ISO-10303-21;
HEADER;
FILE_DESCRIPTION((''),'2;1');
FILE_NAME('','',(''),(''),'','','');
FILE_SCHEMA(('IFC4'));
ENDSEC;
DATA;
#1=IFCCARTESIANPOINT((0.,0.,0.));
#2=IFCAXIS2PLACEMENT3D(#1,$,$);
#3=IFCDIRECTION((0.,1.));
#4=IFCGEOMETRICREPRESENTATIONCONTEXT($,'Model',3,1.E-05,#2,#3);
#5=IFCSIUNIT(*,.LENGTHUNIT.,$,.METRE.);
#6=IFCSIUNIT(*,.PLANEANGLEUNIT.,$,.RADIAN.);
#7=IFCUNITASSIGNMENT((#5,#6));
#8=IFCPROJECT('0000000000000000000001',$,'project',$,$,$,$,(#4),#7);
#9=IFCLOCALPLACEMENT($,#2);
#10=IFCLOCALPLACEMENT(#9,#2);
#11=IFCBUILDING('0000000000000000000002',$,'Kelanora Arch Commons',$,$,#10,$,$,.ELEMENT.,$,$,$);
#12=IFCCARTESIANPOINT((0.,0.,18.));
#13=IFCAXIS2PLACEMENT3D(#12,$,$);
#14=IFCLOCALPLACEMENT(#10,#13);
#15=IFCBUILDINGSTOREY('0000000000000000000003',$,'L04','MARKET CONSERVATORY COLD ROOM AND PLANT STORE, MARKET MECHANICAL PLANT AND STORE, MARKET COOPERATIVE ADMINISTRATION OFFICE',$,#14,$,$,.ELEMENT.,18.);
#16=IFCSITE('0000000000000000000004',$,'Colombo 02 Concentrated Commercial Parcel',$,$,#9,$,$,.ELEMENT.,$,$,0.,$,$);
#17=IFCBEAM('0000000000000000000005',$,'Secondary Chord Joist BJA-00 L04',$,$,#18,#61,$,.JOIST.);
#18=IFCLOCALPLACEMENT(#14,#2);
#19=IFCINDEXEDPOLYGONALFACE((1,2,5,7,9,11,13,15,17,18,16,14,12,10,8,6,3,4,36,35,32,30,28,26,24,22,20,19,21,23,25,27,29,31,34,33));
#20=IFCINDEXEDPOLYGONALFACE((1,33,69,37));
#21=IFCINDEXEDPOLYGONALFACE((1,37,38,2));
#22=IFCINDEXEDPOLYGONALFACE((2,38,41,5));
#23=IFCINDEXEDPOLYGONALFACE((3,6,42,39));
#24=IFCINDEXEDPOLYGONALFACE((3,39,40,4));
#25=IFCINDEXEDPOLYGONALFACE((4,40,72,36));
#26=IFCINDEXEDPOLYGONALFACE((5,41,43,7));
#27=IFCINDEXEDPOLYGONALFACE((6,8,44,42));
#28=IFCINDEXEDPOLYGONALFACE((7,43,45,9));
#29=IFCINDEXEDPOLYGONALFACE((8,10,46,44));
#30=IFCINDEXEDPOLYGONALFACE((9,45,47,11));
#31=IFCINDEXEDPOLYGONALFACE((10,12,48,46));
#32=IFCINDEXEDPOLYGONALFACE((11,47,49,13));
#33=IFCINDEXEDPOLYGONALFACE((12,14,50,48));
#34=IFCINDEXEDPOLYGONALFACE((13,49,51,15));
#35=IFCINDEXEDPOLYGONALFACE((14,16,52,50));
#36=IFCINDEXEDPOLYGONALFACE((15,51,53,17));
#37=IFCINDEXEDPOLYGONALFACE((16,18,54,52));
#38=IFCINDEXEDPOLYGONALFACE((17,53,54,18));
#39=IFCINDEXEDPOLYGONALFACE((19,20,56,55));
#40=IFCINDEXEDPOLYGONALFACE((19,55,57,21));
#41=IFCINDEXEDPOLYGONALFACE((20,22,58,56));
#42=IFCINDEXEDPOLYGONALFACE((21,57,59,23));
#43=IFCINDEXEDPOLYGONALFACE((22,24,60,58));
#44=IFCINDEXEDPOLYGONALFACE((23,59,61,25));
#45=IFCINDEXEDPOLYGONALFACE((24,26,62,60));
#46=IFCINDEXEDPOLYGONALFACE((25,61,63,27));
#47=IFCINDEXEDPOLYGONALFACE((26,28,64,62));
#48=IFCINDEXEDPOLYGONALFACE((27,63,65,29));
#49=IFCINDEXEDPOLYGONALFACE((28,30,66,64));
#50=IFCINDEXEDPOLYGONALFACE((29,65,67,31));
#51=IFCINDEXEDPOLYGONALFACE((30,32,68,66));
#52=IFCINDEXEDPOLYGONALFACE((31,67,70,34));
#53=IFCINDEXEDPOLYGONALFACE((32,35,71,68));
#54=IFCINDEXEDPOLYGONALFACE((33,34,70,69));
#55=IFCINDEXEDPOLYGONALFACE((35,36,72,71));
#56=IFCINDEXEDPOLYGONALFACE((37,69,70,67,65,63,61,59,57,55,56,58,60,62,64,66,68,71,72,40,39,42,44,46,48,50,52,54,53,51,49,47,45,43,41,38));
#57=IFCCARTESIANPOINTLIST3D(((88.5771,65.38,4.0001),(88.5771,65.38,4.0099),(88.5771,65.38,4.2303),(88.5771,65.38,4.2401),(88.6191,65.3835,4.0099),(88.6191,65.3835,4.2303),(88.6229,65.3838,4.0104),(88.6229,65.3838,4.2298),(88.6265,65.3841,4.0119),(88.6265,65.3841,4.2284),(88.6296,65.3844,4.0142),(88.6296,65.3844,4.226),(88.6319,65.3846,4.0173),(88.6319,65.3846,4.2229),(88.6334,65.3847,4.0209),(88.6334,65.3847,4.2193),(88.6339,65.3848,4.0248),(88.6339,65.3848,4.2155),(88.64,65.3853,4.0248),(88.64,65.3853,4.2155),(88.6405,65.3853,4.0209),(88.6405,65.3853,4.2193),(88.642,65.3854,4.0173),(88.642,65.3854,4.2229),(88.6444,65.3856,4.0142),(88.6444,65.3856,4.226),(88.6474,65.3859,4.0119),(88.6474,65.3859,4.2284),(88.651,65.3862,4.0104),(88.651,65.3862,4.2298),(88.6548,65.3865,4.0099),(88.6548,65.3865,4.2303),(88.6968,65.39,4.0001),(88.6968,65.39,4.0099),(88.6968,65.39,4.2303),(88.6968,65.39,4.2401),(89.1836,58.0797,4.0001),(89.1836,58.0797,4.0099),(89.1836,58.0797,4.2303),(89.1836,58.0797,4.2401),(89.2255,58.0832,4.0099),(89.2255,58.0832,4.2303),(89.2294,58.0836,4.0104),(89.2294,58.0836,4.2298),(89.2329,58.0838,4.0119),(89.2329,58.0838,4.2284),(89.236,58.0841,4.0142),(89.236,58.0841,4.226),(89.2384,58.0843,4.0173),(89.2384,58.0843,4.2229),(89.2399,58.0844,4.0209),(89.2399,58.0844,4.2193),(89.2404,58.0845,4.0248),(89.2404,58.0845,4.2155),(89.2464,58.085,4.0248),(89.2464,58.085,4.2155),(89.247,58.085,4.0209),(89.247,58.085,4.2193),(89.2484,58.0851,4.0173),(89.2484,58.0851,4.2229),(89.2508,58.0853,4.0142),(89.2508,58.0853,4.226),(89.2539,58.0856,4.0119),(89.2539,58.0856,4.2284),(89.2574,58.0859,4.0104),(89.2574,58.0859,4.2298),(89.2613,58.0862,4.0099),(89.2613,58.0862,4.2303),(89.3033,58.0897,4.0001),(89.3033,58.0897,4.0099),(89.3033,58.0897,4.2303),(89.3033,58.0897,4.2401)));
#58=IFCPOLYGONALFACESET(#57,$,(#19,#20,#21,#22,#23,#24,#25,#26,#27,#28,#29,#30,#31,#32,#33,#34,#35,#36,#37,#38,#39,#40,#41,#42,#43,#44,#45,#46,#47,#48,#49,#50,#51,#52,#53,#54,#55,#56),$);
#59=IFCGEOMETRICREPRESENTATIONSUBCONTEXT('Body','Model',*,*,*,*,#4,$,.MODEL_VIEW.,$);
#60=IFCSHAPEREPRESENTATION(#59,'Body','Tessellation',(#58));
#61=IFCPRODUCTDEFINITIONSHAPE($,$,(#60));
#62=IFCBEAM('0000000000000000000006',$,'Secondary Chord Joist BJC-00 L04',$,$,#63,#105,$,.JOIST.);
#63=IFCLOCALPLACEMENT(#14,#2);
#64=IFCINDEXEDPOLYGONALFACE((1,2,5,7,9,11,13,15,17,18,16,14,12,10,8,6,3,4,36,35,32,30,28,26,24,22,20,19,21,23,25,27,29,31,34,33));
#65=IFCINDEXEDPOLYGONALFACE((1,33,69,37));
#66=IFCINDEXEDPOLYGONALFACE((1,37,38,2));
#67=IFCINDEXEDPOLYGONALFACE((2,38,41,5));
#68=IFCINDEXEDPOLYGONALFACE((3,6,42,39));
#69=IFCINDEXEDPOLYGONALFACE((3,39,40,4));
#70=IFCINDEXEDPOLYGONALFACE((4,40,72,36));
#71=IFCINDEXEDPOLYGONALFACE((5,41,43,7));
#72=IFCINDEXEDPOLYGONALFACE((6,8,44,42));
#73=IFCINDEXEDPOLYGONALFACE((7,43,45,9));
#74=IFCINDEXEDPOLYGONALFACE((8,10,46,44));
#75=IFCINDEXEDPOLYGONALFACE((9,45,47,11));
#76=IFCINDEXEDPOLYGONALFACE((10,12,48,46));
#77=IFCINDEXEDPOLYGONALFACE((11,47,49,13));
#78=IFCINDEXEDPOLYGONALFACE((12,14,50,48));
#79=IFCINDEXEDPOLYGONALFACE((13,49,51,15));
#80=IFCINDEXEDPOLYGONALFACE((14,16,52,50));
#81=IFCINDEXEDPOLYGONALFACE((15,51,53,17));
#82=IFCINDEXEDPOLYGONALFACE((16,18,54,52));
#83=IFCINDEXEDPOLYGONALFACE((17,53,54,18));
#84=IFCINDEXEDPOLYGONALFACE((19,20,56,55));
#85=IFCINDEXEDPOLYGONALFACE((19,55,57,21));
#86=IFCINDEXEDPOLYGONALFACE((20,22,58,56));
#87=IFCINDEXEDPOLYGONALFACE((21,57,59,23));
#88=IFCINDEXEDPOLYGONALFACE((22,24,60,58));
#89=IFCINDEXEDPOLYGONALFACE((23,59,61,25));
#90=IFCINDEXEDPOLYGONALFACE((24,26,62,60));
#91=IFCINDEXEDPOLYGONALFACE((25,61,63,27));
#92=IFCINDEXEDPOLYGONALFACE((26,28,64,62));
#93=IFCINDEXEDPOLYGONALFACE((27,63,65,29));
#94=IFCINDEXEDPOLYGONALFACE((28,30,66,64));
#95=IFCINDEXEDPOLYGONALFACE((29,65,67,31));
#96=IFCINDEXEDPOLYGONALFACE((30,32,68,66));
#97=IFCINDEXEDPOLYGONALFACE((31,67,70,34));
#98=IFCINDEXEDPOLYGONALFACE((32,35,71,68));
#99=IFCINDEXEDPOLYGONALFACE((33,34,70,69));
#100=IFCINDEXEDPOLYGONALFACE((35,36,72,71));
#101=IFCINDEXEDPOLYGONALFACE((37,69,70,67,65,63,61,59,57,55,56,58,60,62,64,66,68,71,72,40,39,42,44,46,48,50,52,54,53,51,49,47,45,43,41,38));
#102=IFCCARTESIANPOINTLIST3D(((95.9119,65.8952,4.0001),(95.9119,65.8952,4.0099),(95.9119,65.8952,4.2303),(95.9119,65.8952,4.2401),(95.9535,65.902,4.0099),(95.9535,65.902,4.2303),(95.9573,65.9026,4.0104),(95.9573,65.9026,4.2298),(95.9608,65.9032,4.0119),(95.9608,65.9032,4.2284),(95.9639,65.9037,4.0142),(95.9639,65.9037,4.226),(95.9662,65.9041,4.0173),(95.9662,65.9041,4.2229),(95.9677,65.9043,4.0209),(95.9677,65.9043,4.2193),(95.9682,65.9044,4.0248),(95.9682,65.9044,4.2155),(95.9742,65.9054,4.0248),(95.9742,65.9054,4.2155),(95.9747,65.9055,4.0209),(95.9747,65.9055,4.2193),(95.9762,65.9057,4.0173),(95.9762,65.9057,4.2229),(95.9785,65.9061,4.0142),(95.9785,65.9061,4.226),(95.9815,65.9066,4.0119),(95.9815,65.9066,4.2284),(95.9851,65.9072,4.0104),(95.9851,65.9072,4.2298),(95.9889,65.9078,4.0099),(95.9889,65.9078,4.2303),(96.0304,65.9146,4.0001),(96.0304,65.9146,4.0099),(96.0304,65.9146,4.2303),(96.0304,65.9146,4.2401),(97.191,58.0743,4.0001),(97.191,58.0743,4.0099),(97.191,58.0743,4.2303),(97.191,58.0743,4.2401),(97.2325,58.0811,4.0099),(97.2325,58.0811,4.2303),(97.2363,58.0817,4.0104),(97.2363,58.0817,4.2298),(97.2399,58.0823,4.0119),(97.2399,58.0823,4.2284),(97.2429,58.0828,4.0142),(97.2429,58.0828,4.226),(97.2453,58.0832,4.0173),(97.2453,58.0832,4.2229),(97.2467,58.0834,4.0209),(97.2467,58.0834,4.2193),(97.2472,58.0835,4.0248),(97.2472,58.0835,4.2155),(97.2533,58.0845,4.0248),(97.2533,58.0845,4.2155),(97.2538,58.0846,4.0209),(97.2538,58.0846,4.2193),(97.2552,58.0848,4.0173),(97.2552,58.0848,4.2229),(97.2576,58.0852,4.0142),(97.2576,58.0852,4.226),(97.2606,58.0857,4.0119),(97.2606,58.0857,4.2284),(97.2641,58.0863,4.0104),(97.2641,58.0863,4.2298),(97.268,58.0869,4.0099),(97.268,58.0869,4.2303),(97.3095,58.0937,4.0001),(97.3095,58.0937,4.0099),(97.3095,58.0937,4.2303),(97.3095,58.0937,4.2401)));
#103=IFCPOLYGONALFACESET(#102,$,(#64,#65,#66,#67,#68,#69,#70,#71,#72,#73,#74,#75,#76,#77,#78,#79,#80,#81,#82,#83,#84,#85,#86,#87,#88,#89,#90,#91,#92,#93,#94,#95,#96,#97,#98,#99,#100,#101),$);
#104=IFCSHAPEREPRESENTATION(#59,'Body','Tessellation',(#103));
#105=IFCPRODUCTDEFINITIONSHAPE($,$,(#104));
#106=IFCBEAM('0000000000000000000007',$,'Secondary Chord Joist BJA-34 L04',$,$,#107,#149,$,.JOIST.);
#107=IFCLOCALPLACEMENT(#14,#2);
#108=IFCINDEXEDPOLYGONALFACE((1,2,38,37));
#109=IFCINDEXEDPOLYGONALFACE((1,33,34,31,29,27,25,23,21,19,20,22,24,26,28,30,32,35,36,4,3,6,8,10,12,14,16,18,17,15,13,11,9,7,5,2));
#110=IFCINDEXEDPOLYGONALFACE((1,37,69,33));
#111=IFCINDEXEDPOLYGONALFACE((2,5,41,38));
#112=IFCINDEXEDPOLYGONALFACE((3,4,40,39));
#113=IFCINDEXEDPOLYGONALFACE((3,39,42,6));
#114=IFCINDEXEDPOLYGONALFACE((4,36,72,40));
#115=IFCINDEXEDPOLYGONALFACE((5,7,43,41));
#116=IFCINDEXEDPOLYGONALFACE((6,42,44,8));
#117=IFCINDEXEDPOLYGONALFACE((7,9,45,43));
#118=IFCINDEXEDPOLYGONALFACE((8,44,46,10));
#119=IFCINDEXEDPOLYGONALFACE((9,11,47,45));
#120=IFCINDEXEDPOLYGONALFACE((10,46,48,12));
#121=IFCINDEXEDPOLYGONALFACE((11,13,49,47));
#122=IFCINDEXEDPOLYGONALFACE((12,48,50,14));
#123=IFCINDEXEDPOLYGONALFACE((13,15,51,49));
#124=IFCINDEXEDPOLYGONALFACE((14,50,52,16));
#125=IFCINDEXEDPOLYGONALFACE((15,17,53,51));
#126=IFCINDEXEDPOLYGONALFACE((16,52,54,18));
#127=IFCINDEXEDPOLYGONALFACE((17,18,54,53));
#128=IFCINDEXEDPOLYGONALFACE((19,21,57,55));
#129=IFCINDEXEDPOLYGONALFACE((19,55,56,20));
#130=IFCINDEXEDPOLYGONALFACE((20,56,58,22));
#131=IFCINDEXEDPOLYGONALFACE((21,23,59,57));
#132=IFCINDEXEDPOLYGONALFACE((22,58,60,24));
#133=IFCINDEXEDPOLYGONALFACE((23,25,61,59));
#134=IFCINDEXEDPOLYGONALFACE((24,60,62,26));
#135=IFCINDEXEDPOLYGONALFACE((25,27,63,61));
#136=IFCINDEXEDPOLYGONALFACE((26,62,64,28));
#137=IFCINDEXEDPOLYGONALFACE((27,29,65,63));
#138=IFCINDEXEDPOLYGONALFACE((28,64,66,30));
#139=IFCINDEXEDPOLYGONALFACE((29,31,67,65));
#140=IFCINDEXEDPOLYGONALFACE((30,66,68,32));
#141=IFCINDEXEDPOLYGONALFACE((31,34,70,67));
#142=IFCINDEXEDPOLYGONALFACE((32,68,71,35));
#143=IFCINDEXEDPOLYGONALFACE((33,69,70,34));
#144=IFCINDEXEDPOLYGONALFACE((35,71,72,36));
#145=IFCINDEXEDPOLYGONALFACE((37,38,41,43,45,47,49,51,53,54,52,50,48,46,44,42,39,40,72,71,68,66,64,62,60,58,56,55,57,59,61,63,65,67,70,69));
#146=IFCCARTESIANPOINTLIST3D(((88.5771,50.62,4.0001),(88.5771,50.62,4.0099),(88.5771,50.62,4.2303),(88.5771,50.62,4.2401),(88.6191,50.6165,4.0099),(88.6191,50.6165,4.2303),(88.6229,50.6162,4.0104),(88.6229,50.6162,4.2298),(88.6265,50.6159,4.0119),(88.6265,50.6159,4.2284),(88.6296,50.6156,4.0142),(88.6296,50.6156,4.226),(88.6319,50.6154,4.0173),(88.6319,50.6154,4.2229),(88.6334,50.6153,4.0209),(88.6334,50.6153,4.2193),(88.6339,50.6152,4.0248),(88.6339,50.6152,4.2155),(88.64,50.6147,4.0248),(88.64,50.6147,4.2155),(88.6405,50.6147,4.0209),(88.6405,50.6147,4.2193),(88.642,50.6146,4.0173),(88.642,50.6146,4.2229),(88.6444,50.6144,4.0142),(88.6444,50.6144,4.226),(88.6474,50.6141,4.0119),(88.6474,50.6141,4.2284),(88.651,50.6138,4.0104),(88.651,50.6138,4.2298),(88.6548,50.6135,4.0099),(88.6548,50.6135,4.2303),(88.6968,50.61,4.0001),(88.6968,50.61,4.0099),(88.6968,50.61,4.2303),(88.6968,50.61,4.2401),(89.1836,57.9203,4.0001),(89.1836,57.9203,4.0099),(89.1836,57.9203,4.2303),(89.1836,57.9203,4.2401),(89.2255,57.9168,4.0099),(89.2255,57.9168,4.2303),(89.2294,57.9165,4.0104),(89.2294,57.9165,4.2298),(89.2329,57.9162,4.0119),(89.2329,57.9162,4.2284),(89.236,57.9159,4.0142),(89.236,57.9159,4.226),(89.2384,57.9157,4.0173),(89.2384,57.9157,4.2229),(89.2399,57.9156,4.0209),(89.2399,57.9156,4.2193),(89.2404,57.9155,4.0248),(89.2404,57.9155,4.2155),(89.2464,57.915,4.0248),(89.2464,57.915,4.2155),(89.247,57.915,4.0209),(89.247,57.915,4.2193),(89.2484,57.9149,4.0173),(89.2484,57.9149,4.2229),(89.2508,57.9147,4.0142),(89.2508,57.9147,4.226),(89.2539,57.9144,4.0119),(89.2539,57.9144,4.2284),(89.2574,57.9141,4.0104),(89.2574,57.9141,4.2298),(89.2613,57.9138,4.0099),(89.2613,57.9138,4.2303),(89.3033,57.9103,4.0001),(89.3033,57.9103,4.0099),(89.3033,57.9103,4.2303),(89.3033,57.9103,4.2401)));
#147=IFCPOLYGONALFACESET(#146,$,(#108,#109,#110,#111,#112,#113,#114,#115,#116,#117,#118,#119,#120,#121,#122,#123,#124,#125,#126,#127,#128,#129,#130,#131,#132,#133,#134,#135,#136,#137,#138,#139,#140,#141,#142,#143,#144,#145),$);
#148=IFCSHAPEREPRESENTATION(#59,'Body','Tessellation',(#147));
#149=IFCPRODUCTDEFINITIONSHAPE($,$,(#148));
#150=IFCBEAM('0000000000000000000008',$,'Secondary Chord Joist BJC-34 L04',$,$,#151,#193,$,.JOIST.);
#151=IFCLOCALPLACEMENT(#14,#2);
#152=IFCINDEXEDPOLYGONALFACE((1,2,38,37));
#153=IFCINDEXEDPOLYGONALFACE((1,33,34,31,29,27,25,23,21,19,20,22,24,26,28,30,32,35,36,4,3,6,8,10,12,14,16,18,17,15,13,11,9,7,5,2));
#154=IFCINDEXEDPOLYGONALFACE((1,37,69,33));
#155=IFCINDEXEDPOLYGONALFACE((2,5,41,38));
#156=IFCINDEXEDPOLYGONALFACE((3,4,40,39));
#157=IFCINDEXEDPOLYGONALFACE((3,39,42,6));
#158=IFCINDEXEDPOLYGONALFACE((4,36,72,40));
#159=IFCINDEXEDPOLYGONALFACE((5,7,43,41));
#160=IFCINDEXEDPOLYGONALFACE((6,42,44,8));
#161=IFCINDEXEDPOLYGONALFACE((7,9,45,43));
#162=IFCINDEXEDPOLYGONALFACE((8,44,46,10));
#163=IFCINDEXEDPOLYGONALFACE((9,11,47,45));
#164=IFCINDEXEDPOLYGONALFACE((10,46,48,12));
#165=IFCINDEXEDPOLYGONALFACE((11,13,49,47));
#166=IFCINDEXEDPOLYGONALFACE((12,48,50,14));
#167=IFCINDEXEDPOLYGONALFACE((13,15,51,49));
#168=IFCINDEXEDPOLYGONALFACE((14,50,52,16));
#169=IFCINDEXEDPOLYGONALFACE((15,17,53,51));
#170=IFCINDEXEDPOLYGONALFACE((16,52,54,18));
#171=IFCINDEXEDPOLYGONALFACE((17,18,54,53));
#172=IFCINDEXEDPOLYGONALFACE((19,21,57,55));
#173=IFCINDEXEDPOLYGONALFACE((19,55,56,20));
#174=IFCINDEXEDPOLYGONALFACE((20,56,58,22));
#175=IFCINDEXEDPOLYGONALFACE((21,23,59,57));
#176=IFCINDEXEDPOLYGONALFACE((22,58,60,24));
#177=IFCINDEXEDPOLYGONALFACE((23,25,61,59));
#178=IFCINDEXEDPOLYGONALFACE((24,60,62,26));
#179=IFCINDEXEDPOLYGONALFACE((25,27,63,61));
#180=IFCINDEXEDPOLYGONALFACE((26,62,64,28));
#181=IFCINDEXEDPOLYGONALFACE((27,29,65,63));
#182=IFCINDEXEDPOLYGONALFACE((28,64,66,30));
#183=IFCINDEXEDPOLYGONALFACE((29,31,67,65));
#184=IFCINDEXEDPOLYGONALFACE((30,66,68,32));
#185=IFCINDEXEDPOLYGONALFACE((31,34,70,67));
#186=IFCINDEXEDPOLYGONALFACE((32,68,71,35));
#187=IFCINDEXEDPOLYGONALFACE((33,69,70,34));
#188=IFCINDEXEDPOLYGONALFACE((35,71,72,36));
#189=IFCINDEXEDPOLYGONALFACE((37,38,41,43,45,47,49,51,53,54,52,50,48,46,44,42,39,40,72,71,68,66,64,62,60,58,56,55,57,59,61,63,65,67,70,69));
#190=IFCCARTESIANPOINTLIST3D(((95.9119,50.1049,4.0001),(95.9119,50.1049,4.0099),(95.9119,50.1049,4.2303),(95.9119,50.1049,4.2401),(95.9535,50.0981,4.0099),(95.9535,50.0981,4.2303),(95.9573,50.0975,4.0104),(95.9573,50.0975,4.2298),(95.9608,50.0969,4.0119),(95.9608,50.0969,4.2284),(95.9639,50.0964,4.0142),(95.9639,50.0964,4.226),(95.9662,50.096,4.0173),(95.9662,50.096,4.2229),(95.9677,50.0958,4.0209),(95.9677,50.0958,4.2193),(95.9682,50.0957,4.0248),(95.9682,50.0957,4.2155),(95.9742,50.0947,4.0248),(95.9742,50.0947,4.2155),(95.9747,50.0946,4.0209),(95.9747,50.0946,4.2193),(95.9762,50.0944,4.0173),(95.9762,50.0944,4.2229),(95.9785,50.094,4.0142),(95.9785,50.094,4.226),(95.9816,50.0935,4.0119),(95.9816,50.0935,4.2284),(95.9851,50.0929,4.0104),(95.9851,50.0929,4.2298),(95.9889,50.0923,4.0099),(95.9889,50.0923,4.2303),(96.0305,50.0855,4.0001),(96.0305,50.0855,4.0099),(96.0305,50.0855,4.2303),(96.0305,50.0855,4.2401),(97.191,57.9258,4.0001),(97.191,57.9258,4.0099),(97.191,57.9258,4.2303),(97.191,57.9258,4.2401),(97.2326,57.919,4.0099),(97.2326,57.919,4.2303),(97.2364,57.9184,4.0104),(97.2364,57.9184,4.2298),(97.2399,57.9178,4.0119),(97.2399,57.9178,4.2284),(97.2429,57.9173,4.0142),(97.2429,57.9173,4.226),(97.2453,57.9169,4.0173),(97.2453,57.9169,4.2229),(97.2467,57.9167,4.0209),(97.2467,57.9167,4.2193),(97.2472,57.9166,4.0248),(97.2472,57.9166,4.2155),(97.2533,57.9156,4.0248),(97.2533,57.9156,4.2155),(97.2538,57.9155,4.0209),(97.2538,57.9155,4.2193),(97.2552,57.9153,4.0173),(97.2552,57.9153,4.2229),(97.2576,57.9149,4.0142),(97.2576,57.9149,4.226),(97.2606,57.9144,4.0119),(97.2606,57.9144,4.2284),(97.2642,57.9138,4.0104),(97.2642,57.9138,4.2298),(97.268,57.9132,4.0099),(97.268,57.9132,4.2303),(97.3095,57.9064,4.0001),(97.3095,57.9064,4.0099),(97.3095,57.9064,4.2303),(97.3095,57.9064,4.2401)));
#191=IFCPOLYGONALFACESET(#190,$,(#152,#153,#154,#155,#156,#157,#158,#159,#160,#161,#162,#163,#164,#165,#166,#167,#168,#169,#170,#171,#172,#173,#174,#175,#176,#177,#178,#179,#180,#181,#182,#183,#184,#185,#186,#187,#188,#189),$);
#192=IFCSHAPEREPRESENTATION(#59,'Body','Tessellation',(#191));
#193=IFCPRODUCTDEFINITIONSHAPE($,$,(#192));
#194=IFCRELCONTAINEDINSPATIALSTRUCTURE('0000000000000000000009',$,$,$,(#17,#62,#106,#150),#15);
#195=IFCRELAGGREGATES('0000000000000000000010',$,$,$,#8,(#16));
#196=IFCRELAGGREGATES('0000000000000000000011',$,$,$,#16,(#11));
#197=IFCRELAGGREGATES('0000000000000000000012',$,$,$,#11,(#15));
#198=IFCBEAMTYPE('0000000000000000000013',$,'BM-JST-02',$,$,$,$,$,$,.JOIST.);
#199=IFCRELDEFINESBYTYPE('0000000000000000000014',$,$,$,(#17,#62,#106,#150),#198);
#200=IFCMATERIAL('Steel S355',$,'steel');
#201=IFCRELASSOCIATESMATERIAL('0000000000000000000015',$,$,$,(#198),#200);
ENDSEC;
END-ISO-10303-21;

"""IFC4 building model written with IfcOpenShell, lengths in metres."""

from ifc_helpers import new_model, si_unit, direction, frame, origin, origin_2d, place, context, subcontext, project, spatial, i_section, extrude, material, material_profile, profile_set, type_object, element, save


model = new_model("IFC4")

# Units and contexts
model_context = context("Model", 3, precision=1e-05, world=origin(), true_north=direction((0.0, 1.0)))
body_context = subcontext(model_context, "Body", "Model", "MODEL_VIEW")
ifc_project = project(units=[si_unit("LENGTHUNIT", "METRE"), si_unit("PLANEANGLEUNIT", "RADIAN")], contexts=[model_context])

# Site, building, storey
site_placement = place(None, origin())
site = spatial("IfcSite", under=ifc_project, at=site_placement, Name="Colombo 02 Concentrated Commercial Parcel", CompositionType="ELEMENT", RefElevation=0.0)
building_placement = place(site_placement, origin())
building = spatial("IfcBuilding", under=site, at=building_placement, Name="Kelanora Arch Commons", CompositionType="ELEMENT")
storey_placement = place(building_placement, frame((0.0, 0.0, 18.0)))
storey = spatial("IfcBuildingStorey", under=building, at=storey_placement, Name="L04", Description="MARKET CONSERVATORY COLD ROOM AND PLANT STORE, MARKET MECHANICAL PLANT AND STORE, MARKET COOPERATIVE ADMINISTRATION OFFICE", CompositionType="ELEMENT", Elevation=18.0)

# Beams
ifc_material_1 = material(Name="Steel S355", Category="steel")
ifc_material_profile_1 = material_profile(ifc_material_1, i_section(OverallWidth=0.1201, OverallDepth=0.24, WebThickness=0.0061, FlangeThickness=0.0098, FilletRadius=0.0149, at=origin_2d()), Name="IPE240")
ifc_profile_set_1 = profile_set([ifc_material_profile_1], Name="Steel S355")
beam_type_1 = type_object("IfcBeamType", Name="BM-JST-02", PredefinedType="JOIST", material=ifc_profile_set_1)
beam_1_placement = place(storey_placement, frame((89.2434, 58.0847, 4.1201), z_axis=(-0.082786, 0.996567, 0.0), x_axis=(-0.996567, -0.082786, 0.0)))
element("IfcBeam", 1, at=beam_1_placement, inside=storey, type_object=beam_type_1, Name="Secondary Chord Joist BJA-00 L04", PredefinedType="JOIST", context=body_context, shape_type="SweptSolid", body=[
    extrude(i_section(OverallWidth=0.1201, OverallDepth=0.24, WebThickness=0.0061, FlangeThickness=0.0098, FilletRadius=0.0149, at=origin_2d()), origin(), (0.0, 0.0, 1.0), 7.3254),
])
beam_2_placement = place(storey_placement, frame((97.2502, 58.084, 4.1201), z_axis=(-0.161401, 0.986889, 0.0), x_axis=(-0.986889, -0.161401, 0.0)))
element("IfcBeam", 2, at=beam_2_placement, inside=storey, type_object=beam_type_1, Name="Secondary Chord Joist BJC-00 L04", PredefinedType="JOIST", context=body_context, shape_type="SweptSolid", body=[
    extrude(i_section(OverallWidth=0.1201, OverallDepth=0.24, WebThickness=0.0061, FlangeThickness=0.0098, FilletRadius=0.0149, at=origin_2d()), origin(), (0.0, 0.0, 1.0), 7.9248),
])
beam_3_placement = place(storey_placement, frame((88.637, 50.615, 4.1201), z_axis=(0.082786, 0.996567, 0.0), x_axis=(-0.996567, 0.082786, 0.0)))
element("IfcBeam", 3, at=beam_3_placement, inside=storey, type_object=beam_type_1, Name="Secondary Chord Joist BJA-34 L04", PredefinedType="JOIST", context=body_context, shape_type="SweptSolid", body=[
    extrude(i_section(OverallWidth=0.1201, OverallDepth=0.24, WebThickness=0.0061, FlangeThickness=0.0098, FilletRadius=0.0149, at=origin_2d()), origin(), (0.0, 0.0, 1.0), 7.3254),
])
beam_4_placement = place(storey_placement, frame((95.9712, 50.0952, 4.1201), z_axis=(0.161401, 0.986889, 0.0), x_axis=(-0.986889, 0.161401, 0.0)))
element("IfcBeam", 4, at=beam_4_placement, inside=storey, type_object=beam_type_1, Name="Secondary Chord Joist BJC-34 L04", PredefinedType="JOIST", context=body_context, shape_type="SweptSolid", body=[
    extrude(i_section(OverallWidth=0.1201, OverallDepth=0.24, WebThickness=0.0061, FlangeThickness=0.0098, FilletRadius=0.0149, at=origin_2d()), origin(), (0.0, 0.0, 1.0), 7.9248),
])

save(model, "model.ifc")
